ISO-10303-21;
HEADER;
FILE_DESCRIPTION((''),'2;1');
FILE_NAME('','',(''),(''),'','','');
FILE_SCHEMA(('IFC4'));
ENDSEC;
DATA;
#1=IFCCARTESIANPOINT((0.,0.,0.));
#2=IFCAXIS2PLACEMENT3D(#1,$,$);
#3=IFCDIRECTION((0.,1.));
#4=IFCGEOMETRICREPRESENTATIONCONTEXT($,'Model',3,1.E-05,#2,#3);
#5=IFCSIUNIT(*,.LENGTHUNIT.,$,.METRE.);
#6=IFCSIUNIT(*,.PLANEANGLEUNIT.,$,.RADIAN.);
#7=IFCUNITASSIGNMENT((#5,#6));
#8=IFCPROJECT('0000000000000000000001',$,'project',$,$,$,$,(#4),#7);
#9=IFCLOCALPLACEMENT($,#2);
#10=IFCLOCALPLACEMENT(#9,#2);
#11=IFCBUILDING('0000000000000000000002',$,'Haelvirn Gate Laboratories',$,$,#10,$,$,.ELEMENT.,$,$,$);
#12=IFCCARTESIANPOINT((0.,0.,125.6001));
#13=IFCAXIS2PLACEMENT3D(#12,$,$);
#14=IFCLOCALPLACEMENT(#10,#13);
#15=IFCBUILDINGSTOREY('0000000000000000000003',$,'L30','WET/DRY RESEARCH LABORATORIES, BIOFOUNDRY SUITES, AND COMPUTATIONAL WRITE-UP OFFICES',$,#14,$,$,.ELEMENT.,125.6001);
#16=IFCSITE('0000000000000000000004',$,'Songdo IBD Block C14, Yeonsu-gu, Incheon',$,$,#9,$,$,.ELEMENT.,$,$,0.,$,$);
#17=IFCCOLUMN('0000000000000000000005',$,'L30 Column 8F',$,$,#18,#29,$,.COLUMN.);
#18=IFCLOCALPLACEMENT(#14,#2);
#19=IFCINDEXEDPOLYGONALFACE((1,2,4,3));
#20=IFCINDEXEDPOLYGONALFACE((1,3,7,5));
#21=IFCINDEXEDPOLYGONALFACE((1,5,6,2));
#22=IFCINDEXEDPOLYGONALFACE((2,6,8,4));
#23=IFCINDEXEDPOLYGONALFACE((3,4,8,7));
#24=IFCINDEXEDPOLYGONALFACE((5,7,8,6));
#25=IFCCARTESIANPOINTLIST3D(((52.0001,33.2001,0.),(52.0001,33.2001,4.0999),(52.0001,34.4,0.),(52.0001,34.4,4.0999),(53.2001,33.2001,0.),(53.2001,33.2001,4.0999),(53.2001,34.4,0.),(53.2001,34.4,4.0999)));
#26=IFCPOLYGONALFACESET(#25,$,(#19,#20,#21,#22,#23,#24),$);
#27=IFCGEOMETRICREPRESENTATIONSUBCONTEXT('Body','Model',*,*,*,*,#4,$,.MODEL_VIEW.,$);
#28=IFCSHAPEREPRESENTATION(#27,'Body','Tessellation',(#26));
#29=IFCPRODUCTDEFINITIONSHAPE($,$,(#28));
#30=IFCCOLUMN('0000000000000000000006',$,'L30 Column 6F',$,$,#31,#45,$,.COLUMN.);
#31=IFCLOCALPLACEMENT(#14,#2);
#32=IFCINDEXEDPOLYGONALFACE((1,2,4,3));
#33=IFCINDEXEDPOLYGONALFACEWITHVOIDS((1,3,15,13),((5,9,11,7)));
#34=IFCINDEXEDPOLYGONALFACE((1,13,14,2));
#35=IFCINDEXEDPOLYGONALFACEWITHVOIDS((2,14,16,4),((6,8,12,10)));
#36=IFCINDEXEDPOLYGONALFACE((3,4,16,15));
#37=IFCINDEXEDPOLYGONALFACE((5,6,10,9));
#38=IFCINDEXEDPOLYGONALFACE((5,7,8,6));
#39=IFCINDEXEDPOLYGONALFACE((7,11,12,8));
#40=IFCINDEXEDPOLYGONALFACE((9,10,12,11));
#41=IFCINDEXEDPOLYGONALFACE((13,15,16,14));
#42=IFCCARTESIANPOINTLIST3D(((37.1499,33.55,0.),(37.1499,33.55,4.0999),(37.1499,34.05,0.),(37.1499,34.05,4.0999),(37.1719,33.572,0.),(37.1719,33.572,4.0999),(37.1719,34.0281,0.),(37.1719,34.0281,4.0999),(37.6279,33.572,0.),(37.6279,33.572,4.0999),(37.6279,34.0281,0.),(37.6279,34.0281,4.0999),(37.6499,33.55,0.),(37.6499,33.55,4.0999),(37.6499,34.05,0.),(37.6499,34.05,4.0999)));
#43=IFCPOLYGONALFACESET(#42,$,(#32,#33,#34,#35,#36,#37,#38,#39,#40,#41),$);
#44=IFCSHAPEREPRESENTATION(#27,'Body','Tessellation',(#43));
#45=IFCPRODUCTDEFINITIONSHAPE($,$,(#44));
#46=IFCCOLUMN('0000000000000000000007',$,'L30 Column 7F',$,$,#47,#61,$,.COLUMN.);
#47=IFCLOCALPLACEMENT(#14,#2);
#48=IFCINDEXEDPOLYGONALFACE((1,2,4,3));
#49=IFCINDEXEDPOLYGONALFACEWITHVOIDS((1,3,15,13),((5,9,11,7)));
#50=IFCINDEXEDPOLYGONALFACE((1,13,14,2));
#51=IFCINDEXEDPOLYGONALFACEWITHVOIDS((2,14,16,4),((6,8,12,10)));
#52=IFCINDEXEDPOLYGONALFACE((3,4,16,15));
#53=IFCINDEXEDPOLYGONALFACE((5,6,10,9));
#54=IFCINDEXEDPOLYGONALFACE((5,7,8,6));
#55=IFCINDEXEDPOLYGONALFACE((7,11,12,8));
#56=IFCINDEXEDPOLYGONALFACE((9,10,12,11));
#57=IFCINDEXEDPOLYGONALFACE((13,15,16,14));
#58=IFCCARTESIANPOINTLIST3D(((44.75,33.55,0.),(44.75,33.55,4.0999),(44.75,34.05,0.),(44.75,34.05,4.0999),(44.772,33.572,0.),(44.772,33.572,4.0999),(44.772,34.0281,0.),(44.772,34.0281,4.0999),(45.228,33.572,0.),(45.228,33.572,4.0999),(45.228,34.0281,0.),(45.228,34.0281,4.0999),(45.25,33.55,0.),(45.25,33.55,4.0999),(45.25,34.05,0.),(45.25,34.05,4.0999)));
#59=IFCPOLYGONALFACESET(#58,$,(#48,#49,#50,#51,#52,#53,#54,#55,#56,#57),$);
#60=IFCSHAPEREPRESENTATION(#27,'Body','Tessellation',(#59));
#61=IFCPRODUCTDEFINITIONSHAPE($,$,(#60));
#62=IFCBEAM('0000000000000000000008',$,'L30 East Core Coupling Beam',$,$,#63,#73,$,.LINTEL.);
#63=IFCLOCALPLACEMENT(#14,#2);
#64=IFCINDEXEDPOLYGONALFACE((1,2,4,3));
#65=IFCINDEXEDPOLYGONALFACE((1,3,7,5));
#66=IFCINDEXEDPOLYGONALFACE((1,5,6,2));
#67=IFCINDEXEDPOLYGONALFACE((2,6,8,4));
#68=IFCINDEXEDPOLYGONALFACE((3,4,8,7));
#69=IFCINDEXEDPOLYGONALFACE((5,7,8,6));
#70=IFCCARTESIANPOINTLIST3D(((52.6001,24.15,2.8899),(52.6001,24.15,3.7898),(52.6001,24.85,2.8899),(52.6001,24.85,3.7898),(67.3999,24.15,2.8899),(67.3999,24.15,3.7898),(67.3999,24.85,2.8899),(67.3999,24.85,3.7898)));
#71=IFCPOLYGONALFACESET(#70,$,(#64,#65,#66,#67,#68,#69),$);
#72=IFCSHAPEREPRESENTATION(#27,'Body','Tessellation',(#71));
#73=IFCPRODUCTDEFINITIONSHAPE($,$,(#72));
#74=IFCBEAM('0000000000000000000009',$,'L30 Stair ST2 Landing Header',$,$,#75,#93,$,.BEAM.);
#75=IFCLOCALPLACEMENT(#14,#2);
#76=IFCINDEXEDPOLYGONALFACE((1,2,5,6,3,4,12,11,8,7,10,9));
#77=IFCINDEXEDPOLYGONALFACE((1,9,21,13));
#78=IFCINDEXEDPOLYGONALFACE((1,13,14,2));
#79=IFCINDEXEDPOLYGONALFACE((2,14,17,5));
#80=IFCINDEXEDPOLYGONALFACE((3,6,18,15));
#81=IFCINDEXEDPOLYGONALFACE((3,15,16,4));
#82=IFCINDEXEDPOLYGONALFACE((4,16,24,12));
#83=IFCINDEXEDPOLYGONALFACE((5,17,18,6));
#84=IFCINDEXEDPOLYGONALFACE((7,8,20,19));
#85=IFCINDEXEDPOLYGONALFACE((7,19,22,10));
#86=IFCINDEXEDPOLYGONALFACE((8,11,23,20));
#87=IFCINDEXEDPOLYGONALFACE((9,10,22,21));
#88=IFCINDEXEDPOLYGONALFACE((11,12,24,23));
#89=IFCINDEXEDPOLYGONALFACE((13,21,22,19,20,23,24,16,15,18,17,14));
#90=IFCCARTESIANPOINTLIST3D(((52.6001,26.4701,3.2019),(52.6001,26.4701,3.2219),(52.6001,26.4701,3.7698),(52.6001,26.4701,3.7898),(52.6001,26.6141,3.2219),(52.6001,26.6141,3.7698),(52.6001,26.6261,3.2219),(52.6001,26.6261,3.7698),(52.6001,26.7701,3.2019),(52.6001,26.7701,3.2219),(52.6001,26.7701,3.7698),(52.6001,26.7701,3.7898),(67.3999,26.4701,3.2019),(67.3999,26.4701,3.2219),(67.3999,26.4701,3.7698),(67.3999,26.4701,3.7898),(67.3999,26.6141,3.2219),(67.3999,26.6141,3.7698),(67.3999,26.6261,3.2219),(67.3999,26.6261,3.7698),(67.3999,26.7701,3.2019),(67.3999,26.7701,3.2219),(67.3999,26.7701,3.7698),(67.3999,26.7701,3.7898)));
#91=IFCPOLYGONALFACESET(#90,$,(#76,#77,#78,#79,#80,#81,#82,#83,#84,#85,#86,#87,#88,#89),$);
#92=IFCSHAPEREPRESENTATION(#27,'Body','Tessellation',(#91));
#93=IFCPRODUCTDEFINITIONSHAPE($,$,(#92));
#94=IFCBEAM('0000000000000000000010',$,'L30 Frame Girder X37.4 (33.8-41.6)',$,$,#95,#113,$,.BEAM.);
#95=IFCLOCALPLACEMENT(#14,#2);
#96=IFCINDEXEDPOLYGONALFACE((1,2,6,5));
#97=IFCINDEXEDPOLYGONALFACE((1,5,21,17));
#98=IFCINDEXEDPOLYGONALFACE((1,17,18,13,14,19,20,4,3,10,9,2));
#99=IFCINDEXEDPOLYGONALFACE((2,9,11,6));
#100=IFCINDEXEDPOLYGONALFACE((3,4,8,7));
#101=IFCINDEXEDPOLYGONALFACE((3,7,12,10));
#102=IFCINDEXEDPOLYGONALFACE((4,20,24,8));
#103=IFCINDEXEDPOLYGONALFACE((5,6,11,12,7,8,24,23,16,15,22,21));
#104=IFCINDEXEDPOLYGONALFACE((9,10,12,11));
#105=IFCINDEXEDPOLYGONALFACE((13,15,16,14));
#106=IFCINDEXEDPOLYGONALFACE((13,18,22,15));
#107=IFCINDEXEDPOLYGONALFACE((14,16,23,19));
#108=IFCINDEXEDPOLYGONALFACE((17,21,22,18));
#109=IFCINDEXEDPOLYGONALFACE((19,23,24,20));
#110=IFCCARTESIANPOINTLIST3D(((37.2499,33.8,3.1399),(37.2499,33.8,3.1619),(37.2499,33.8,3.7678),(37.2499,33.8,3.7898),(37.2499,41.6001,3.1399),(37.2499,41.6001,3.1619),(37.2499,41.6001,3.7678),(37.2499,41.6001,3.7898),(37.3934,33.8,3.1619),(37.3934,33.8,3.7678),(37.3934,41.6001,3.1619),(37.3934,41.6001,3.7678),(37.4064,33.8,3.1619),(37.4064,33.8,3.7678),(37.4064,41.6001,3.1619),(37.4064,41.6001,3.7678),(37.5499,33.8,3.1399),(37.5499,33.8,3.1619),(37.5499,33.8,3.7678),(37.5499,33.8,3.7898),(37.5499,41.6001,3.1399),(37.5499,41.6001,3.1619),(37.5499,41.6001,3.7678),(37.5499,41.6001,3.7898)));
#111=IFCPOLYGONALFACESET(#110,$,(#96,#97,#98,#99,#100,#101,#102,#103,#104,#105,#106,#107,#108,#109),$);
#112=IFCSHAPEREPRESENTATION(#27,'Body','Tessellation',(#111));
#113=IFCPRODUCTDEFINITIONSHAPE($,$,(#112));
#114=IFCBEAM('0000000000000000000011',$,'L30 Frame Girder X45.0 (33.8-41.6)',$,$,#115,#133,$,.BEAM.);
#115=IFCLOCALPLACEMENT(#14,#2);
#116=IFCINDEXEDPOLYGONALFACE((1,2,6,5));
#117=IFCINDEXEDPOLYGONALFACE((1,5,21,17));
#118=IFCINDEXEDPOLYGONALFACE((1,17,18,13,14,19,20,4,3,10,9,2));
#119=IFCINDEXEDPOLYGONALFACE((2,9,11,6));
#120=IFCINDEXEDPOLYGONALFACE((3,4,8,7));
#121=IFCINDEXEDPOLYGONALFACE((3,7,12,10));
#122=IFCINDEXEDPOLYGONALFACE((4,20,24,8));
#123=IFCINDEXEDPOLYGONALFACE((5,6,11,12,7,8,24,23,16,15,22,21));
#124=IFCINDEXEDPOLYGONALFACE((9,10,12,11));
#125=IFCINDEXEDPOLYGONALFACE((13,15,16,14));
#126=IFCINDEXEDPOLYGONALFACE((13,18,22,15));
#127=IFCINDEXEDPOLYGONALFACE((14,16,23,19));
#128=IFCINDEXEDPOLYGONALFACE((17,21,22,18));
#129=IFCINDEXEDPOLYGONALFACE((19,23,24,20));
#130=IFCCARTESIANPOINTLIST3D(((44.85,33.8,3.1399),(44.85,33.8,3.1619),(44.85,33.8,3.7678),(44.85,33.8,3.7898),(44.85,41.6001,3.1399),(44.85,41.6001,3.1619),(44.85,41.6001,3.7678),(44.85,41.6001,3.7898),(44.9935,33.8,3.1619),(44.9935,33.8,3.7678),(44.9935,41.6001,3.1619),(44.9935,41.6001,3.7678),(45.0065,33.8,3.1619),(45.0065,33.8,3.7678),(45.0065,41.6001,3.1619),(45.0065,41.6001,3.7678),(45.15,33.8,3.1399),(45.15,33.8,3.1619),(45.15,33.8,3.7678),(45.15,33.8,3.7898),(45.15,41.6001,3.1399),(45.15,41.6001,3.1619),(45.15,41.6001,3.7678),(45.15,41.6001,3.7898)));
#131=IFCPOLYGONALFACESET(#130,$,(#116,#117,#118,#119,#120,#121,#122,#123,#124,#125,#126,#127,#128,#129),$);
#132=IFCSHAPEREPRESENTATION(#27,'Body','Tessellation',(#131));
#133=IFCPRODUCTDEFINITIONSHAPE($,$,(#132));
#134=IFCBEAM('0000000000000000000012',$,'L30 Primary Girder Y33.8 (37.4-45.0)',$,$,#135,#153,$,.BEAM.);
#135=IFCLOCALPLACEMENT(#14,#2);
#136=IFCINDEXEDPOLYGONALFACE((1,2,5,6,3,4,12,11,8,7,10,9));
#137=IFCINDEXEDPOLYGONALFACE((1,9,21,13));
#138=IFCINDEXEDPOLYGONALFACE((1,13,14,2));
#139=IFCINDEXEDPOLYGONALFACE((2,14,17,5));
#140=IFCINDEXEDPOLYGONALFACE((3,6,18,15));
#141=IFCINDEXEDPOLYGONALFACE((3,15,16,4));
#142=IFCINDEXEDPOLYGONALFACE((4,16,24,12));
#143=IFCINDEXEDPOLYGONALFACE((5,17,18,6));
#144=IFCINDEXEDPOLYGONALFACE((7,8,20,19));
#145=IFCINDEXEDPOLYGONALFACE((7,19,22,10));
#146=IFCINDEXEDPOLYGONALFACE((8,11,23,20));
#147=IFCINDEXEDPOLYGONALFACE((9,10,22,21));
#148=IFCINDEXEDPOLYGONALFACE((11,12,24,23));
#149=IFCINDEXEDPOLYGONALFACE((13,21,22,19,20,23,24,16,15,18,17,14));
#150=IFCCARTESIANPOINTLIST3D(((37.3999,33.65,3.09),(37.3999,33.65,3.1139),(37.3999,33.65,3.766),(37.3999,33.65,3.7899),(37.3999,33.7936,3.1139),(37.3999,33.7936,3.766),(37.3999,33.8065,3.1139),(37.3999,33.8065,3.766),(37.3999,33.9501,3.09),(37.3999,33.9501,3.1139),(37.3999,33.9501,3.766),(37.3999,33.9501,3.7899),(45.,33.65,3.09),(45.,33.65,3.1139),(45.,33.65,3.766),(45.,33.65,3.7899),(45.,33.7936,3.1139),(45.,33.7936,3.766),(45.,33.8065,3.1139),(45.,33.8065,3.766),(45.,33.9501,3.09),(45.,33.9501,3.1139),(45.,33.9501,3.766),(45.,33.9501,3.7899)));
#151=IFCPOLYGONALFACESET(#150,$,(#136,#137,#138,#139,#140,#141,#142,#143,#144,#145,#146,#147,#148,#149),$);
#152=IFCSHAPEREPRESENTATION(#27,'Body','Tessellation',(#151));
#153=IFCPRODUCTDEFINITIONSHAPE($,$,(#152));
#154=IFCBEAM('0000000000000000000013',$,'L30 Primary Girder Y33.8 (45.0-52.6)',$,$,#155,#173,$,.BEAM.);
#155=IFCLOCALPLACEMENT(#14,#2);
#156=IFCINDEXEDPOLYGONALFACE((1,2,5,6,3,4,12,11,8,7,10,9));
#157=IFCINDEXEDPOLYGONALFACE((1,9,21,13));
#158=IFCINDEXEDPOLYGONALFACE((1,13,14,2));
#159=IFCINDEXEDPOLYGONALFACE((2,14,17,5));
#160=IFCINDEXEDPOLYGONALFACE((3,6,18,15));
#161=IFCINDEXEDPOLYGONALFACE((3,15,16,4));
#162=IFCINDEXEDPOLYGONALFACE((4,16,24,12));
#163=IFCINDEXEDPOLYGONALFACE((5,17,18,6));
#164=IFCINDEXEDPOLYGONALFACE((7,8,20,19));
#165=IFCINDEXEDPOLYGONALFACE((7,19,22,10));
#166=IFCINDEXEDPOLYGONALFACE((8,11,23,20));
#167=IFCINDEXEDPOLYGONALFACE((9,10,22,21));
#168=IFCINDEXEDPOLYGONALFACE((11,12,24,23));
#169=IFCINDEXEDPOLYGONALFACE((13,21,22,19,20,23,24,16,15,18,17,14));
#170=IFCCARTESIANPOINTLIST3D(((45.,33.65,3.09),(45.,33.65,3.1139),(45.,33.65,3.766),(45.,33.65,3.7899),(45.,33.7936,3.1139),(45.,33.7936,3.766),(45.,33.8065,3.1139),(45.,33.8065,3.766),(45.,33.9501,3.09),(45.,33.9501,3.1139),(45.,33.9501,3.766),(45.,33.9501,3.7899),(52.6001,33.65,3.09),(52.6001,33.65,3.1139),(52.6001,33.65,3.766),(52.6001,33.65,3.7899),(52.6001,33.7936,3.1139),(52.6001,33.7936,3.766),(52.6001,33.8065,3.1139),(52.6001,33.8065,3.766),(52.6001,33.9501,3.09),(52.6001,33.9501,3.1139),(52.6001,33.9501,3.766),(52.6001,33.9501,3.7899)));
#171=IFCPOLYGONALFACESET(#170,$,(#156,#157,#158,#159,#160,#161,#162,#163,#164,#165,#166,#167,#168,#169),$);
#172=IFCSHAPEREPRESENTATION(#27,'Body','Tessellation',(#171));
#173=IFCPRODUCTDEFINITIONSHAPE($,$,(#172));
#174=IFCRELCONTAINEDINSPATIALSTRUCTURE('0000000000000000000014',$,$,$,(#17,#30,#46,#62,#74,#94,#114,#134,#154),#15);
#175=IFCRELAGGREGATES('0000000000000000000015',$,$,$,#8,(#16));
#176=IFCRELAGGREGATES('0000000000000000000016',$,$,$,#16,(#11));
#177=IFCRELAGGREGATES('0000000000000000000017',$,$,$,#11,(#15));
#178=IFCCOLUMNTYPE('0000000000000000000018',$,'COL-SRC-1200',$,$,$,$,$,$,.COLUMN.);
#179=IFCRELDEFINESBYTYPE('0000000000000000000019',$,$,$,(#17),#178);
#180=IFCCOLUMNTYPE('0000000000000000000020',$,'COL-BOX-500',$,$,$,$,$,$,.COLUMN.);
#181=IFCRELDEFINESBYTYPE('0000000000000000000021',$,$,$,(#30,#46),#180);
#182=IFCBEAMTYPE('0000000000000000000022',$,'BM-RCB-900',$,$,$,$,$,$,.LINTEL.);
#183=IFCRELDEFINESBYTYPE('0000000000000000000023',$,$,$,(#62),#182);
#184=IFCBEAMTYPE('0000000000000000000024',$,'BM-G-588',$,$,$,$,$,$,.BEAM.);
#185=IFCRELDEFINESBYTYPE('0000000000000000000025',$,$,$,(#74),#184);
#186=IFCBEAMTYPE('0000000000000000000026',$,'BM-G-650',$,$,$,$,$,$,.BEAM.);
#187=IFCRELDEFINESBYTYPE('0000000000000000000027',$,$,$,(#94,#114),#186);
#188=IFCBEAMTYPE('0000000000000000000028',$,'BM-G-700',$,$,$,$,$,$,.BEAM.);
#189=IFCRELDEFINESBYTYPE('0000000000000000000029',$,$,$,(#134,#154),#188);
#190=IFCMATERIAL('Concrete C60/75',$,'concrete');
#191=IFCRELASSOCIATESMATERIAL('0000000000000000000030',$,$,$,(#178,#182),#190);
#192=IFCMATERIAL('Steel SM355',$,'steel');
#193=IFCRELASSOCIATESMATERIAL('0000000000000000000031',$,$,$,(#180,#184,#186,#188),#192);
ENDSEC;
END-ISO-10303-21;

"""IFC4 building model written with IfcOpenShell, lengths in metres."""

from ifc_helpers import new_model, si_unit, direction, frame, origin, origin_2d, place, context, subcontext, project, spatial, rectangle, hollow_rectangle, i_section, extrude, source, transform, mapped, material, material_profile, profile_set, type_object, type_shapes, element, save


model = new_model("IFC4")

# Units and contexts
model_context = context("Model", 3, precision=1e-05, world=origin(), true_north=direction((0.0, 1.0)))
body_context = subcontext(model_context, "Body", "Model", "MODEL_VIEW")
ifc_project = project(units=[si_unit("LENGTHUNIT", "METRE"), si_unit("PLANEANGLEUNIT", "RADIAN")], contexts=[model_context])

# Site, building, storey
site_placement = place(None, origin())
site = spatial("IfcSite", under=ifc_project, at=site_placement, Name="Songdo IBD Block C14, Yeonsu-gu, Incheon", CompositionType="ELEMENT", RefElevation=0.0)
building_placement = place(site_placement, origin())
building = spatial("IfcBuilding", under=site, at=building_placement, Name="Haelvirn Gate Laboratories", CompositionType="ELEMENT")
storey_placement = place(building_placement, frame((0.0, 0.0, 125.6001)))
storey = spatial("IfcBuildingStorey", under=building, at=storey_placement, Name="L30", Description="WET/DRY RESEARCH LABORATORIES, BIOFOUNDRY SUITES, AND COMPUTATIONAL WRITE-UP OFFICES", CompositionType="ELEMENT", Elevation=125.6001)

# Columns
ifc_material_1 = material(Name="Concrete C60/75", Category="concrete")
ifc_material_profile_1 = material_profile(ifc_material_1, rectangle(XDim=1.2, YDim=1.2, at=origin_2d()), Name="SRC-1200x1200")
ifc_profile_set_1 = profile_set([ifc_material_profile_1], Name="Concrete C60/75")
column_type_1 = type_object("IfcColumnType", Name="COL-SRC-1200", PredefinedType="COLUMN", material=ifc_profile_set_1)
shared_shape_1 = source(origin(), body_context, "Body", "SweptSolid", [
    extrude(rectangle(XDim=1.2, YDim=1.2, at=origin_2d()), origin(), (0.0, 0.0, 1.0), 4.0999),
])
type_shapes(column_type_1, [shared_shape_1])
column_placement = place(storey_placement, frame((52.6001, 33.8, 0.0), z_axis=(0.0, 0.0, 1.0), x_axis=(1.0, 0.0, 0.0)))
element("IfcColumn", 1, at=column_placement, inside=storey, type_object=column_type_1, Name="L30 Column 8F", PredefinedType="COLUMN", context=body_context, shape_type="MappedRepresentation", body=[
    mapped(shared_shape_1, transform((0.0, 0.0, 0.0), scale=1.0)),
])
ifc_material_2 = material(Name="Steel SM355", Category="steel")
ifc_material_profile_2 = material_profile(ifc_material_2, hollow_rectangle(XDim=0.5, YDim=0.5, WallThickness=0.022, at=origin_2d()), Name="BOX-500x500x22")
ifc_profile_set_2 = profile_set([ifc_material_profile_2], Name="Steel SM355")
column_type_2 = type_object("IfcColumnType", Name="COL-BOX-500", PredefinedType="COLUMN", material=ifc_profile_set_2)
shared_shape_2 = source(origin(), body_context, "Body", "SweptSolid", [
    extrude(hollow_rectangle(XDim=0.5, YDim=0.5, WallThickness=0.022, at=origin_2d()), origin(), (0.0, 0.0, 1.0), 4.0999),
])
type_shapes(column_type_2, [shared_shape_2])
for number, where, z_axis, x_axis, name in (
    (2, (37.3999, 33.8, 0.0), (0.0, 0.0, 1.0), (1.0, 0.0, 0.0), "L30 Column 6F"),
    (3, (45.0, 33.8, 0.0), (0.0, 0.0, 1.0), (1.0, 0.0, 0.0), "L30 Column 7F"),
):
    element("IfcColumn", number, at=place(storey_placement, frame(where, z_axis=z_axis, x_axis=x_axis)), inside=storey, type_object=column_type_2, Name=name, PredefinedType="COLUMN", context=body_context, shape_type="MappedRepresentation", body=[
        mapped(shared_shape_2, transform((0.0, 0.0, 0.0), scale=1.0)),
    ])

# Beams
ifc_material_profile_3 = material_profile(ifc_material_1, rectangle(XDim=0.7, YDim=0.8999, at=origin_2d()), Name="RCB-700x900")
ifc_profile_set_3 = profile_set([ifc_material_profile_3], Name="Concrete C60/75")
beam_type_1 = type_object("IfcBeamType", Name="BM-RCB-900", PredefinedType="LINTEL", material=ifc_profile_set_3)
shared_shape_3 = source(origin(), body_context, "Body", "SweptSolid", [
    extrude(rectangle(XDim=0.7, YDim=0.8999, at=origin_2d()), origin(), (0.0, 0.0, 1.0), 14.7998),
])
type_shapes(beam_type_1, [shared_shape_3])
beam_1_placement = place(storey_placement, frame((52.6001, 24.5, 3.3398), z_axis=(1.0, 0.0, 0.0), x_axis=(0.0, 1.0, 0.0)))
element("IfcBeam", 4, at=beam_1_placement, inside=storey, type_object=beam_type_1, Name="L30 East Core Coupling Beam", PredefinedType="LINTEL", context=body_context, shape_type="MappedRepresentation", body=[
    mapped(shared_shape_3, transform((0.0, 0.0, 0.0), scale=1.0)),
])
ifc_material_profile_4 = material_profile(ifc_material_2, i_section(OverallWidth=0.3, OverallDepth=0.5879, WebThickness=0.012, FlangeThickness=0.02, at=origin_2d()), Name="H-588x300x12x20")
ifc_profile_set_4 = profile_set([ifc_material_profile_4], Name="Steel SM355")
beam_type_2 = type_object("IfcBeamType", Name="BM-G-588", PredefinedType="BEAM", material=ifc_profile_set_4)
shared_shape_4 = source(origin(), body_context, "Body", "SweptSolid", [
    extrude(i_section(OverallWidth=0.3, OverallDepth=0.5879, WebThickness=0.012, FlangeThickness=0.02, at=origin_2d()), origin(), (0.0, 0.0, 1.0), 14.7998),
])
type_shapes(beam_type_2, [shared_shape_4])
beam_2_placement = place(storey_placement, frame((52.6001, 26.6201, 3.4958), z_axis=(1.0, 0.0, 0.0), x_axis=(0.0, 1.0, 0.0)))
element("IfcBeam", 5, at=beam_2_placement, inside=storey, type_object=beam_type_2, Name="L30 Stair ST2 Landing Header", PredefinedType="BEAM", context=body_context, shape_type="MappedRepresentation", body=[
    mapped(shared_shape_4, transform((0.0, 0.0, 0.0), scale=1.0)),
])
ifc_material_profile_5 = material_profile(ifc_material_2, i_section(OverallWidth=0.3, OverallDepth=0.6499, WebThickness=0.0129, FlangeThickness=0.022, at=origin_2d()), Name="H-650x300x13x22")
ifc_profile_set_5 = profile_set([ifc_material_profile_5], Name="Steel SM355")
beam_type_3 = type_object("IfcBeamType", Name="BM-G-650", PredefinedType="BEAM", material=ifc_profile_set_5)
shared_shape_5 = source(origin(), body_context, "Body", "SweptSolid", [
    extrude(i_section(OverallWidth=0.3, OverallDepth=0.6499, WebThickness=0.0129, FlangeThickness=0.022, at=origin_2d()), origin(), (0.0, 0.0, 1.0), 7.8),
])
type_shapes(beam_type_3, [shared_shape_5])
for number, where, z_axis, x_axis, name in (
    (6, (37.3999, 33.8, 3.4648), (0.0, 1.0, 0.0), (-1.0, 0.0, 0.0), "L30 Frame Girder X37.4 (33.8-41.6)"),
    (7, (45.0, 33.8, 3.4648), (0.0, 1.0, 0.0), (-1.0, 0.0, 0.0), "L30 Frame Girder X45.0 (33.8-41.6)"),
):
    element("IfcBeam", number, at=place(storey_placement, frame(where, z_axis=z_axis, x_axis=x_axis)), inside=storey, type_object=beam_type_3, Name=name, PredefinedType="BEAM", context=body_context, shape_type="MappedRepresentation", body=[
        mapped(shared_shape_5, transform((0.0, 0.0, 0.0), scale=1.0)),
    ])
ifc_material_profile_6 = material_profile(ifc_material_2, i_section(OverallWidth=0.3, OverallDepth=0.7, WebThickness=0.0129, FlangeThickness=0.0239, at=origin_2d()), Name="H-700x300x13x24")
ifc_profile_set_6 = profile_set([ifc_material_profile_6], Name="Steel SM355")
beam_type_4 = type_object("IfcBeamType", Name="BM-G-700", PredefinedType="BEAM", material=ifc_profile_set_6)
shared_shape_6 = source(origin(), body_context, "Body", "SweptSolid", [
    extrude(i_section(OverallWidth=0.3, OverallDepth=0.7, WebThickness=0.0129, FlangeThickness=0.0239, at=origin_2d()), origin(), (0.0, 0.0, 1.0), 7.6001),
])
type_shapes(beam_type_4, [shared_shape_6])
for number, where, z_axis, x_axis, name in (
    (8, (37.3999, 33.8, 3.4399), (1.0, 0.0, 0.0), (0.0, 1.0, 0.0), "L30 Primary Girder Y33.8 (37.4-45.0)"),
    (9, (45.0, 33.8, 3.4399), (1.0, 0.0, 0.0), (0.0, 1.0, 0.0), "L30 Primary Girder Y33.8 (45.0-52.6)"),
):
    element("IfcBeam", number, at=place(storey_placement, frame(where, z_axis=z_axis, x_axis=x_axis)), inside=storey, type_object=beam_type_4, Name=name, PredefinedType="BEAM", context=body_context, shape_type="MappedRepresentation", body=[
        mapped(shared_shape_6, transform((0.0, 0.0, 0.0), scale=1.0)),
    ])

save(model, "model.ifc")
